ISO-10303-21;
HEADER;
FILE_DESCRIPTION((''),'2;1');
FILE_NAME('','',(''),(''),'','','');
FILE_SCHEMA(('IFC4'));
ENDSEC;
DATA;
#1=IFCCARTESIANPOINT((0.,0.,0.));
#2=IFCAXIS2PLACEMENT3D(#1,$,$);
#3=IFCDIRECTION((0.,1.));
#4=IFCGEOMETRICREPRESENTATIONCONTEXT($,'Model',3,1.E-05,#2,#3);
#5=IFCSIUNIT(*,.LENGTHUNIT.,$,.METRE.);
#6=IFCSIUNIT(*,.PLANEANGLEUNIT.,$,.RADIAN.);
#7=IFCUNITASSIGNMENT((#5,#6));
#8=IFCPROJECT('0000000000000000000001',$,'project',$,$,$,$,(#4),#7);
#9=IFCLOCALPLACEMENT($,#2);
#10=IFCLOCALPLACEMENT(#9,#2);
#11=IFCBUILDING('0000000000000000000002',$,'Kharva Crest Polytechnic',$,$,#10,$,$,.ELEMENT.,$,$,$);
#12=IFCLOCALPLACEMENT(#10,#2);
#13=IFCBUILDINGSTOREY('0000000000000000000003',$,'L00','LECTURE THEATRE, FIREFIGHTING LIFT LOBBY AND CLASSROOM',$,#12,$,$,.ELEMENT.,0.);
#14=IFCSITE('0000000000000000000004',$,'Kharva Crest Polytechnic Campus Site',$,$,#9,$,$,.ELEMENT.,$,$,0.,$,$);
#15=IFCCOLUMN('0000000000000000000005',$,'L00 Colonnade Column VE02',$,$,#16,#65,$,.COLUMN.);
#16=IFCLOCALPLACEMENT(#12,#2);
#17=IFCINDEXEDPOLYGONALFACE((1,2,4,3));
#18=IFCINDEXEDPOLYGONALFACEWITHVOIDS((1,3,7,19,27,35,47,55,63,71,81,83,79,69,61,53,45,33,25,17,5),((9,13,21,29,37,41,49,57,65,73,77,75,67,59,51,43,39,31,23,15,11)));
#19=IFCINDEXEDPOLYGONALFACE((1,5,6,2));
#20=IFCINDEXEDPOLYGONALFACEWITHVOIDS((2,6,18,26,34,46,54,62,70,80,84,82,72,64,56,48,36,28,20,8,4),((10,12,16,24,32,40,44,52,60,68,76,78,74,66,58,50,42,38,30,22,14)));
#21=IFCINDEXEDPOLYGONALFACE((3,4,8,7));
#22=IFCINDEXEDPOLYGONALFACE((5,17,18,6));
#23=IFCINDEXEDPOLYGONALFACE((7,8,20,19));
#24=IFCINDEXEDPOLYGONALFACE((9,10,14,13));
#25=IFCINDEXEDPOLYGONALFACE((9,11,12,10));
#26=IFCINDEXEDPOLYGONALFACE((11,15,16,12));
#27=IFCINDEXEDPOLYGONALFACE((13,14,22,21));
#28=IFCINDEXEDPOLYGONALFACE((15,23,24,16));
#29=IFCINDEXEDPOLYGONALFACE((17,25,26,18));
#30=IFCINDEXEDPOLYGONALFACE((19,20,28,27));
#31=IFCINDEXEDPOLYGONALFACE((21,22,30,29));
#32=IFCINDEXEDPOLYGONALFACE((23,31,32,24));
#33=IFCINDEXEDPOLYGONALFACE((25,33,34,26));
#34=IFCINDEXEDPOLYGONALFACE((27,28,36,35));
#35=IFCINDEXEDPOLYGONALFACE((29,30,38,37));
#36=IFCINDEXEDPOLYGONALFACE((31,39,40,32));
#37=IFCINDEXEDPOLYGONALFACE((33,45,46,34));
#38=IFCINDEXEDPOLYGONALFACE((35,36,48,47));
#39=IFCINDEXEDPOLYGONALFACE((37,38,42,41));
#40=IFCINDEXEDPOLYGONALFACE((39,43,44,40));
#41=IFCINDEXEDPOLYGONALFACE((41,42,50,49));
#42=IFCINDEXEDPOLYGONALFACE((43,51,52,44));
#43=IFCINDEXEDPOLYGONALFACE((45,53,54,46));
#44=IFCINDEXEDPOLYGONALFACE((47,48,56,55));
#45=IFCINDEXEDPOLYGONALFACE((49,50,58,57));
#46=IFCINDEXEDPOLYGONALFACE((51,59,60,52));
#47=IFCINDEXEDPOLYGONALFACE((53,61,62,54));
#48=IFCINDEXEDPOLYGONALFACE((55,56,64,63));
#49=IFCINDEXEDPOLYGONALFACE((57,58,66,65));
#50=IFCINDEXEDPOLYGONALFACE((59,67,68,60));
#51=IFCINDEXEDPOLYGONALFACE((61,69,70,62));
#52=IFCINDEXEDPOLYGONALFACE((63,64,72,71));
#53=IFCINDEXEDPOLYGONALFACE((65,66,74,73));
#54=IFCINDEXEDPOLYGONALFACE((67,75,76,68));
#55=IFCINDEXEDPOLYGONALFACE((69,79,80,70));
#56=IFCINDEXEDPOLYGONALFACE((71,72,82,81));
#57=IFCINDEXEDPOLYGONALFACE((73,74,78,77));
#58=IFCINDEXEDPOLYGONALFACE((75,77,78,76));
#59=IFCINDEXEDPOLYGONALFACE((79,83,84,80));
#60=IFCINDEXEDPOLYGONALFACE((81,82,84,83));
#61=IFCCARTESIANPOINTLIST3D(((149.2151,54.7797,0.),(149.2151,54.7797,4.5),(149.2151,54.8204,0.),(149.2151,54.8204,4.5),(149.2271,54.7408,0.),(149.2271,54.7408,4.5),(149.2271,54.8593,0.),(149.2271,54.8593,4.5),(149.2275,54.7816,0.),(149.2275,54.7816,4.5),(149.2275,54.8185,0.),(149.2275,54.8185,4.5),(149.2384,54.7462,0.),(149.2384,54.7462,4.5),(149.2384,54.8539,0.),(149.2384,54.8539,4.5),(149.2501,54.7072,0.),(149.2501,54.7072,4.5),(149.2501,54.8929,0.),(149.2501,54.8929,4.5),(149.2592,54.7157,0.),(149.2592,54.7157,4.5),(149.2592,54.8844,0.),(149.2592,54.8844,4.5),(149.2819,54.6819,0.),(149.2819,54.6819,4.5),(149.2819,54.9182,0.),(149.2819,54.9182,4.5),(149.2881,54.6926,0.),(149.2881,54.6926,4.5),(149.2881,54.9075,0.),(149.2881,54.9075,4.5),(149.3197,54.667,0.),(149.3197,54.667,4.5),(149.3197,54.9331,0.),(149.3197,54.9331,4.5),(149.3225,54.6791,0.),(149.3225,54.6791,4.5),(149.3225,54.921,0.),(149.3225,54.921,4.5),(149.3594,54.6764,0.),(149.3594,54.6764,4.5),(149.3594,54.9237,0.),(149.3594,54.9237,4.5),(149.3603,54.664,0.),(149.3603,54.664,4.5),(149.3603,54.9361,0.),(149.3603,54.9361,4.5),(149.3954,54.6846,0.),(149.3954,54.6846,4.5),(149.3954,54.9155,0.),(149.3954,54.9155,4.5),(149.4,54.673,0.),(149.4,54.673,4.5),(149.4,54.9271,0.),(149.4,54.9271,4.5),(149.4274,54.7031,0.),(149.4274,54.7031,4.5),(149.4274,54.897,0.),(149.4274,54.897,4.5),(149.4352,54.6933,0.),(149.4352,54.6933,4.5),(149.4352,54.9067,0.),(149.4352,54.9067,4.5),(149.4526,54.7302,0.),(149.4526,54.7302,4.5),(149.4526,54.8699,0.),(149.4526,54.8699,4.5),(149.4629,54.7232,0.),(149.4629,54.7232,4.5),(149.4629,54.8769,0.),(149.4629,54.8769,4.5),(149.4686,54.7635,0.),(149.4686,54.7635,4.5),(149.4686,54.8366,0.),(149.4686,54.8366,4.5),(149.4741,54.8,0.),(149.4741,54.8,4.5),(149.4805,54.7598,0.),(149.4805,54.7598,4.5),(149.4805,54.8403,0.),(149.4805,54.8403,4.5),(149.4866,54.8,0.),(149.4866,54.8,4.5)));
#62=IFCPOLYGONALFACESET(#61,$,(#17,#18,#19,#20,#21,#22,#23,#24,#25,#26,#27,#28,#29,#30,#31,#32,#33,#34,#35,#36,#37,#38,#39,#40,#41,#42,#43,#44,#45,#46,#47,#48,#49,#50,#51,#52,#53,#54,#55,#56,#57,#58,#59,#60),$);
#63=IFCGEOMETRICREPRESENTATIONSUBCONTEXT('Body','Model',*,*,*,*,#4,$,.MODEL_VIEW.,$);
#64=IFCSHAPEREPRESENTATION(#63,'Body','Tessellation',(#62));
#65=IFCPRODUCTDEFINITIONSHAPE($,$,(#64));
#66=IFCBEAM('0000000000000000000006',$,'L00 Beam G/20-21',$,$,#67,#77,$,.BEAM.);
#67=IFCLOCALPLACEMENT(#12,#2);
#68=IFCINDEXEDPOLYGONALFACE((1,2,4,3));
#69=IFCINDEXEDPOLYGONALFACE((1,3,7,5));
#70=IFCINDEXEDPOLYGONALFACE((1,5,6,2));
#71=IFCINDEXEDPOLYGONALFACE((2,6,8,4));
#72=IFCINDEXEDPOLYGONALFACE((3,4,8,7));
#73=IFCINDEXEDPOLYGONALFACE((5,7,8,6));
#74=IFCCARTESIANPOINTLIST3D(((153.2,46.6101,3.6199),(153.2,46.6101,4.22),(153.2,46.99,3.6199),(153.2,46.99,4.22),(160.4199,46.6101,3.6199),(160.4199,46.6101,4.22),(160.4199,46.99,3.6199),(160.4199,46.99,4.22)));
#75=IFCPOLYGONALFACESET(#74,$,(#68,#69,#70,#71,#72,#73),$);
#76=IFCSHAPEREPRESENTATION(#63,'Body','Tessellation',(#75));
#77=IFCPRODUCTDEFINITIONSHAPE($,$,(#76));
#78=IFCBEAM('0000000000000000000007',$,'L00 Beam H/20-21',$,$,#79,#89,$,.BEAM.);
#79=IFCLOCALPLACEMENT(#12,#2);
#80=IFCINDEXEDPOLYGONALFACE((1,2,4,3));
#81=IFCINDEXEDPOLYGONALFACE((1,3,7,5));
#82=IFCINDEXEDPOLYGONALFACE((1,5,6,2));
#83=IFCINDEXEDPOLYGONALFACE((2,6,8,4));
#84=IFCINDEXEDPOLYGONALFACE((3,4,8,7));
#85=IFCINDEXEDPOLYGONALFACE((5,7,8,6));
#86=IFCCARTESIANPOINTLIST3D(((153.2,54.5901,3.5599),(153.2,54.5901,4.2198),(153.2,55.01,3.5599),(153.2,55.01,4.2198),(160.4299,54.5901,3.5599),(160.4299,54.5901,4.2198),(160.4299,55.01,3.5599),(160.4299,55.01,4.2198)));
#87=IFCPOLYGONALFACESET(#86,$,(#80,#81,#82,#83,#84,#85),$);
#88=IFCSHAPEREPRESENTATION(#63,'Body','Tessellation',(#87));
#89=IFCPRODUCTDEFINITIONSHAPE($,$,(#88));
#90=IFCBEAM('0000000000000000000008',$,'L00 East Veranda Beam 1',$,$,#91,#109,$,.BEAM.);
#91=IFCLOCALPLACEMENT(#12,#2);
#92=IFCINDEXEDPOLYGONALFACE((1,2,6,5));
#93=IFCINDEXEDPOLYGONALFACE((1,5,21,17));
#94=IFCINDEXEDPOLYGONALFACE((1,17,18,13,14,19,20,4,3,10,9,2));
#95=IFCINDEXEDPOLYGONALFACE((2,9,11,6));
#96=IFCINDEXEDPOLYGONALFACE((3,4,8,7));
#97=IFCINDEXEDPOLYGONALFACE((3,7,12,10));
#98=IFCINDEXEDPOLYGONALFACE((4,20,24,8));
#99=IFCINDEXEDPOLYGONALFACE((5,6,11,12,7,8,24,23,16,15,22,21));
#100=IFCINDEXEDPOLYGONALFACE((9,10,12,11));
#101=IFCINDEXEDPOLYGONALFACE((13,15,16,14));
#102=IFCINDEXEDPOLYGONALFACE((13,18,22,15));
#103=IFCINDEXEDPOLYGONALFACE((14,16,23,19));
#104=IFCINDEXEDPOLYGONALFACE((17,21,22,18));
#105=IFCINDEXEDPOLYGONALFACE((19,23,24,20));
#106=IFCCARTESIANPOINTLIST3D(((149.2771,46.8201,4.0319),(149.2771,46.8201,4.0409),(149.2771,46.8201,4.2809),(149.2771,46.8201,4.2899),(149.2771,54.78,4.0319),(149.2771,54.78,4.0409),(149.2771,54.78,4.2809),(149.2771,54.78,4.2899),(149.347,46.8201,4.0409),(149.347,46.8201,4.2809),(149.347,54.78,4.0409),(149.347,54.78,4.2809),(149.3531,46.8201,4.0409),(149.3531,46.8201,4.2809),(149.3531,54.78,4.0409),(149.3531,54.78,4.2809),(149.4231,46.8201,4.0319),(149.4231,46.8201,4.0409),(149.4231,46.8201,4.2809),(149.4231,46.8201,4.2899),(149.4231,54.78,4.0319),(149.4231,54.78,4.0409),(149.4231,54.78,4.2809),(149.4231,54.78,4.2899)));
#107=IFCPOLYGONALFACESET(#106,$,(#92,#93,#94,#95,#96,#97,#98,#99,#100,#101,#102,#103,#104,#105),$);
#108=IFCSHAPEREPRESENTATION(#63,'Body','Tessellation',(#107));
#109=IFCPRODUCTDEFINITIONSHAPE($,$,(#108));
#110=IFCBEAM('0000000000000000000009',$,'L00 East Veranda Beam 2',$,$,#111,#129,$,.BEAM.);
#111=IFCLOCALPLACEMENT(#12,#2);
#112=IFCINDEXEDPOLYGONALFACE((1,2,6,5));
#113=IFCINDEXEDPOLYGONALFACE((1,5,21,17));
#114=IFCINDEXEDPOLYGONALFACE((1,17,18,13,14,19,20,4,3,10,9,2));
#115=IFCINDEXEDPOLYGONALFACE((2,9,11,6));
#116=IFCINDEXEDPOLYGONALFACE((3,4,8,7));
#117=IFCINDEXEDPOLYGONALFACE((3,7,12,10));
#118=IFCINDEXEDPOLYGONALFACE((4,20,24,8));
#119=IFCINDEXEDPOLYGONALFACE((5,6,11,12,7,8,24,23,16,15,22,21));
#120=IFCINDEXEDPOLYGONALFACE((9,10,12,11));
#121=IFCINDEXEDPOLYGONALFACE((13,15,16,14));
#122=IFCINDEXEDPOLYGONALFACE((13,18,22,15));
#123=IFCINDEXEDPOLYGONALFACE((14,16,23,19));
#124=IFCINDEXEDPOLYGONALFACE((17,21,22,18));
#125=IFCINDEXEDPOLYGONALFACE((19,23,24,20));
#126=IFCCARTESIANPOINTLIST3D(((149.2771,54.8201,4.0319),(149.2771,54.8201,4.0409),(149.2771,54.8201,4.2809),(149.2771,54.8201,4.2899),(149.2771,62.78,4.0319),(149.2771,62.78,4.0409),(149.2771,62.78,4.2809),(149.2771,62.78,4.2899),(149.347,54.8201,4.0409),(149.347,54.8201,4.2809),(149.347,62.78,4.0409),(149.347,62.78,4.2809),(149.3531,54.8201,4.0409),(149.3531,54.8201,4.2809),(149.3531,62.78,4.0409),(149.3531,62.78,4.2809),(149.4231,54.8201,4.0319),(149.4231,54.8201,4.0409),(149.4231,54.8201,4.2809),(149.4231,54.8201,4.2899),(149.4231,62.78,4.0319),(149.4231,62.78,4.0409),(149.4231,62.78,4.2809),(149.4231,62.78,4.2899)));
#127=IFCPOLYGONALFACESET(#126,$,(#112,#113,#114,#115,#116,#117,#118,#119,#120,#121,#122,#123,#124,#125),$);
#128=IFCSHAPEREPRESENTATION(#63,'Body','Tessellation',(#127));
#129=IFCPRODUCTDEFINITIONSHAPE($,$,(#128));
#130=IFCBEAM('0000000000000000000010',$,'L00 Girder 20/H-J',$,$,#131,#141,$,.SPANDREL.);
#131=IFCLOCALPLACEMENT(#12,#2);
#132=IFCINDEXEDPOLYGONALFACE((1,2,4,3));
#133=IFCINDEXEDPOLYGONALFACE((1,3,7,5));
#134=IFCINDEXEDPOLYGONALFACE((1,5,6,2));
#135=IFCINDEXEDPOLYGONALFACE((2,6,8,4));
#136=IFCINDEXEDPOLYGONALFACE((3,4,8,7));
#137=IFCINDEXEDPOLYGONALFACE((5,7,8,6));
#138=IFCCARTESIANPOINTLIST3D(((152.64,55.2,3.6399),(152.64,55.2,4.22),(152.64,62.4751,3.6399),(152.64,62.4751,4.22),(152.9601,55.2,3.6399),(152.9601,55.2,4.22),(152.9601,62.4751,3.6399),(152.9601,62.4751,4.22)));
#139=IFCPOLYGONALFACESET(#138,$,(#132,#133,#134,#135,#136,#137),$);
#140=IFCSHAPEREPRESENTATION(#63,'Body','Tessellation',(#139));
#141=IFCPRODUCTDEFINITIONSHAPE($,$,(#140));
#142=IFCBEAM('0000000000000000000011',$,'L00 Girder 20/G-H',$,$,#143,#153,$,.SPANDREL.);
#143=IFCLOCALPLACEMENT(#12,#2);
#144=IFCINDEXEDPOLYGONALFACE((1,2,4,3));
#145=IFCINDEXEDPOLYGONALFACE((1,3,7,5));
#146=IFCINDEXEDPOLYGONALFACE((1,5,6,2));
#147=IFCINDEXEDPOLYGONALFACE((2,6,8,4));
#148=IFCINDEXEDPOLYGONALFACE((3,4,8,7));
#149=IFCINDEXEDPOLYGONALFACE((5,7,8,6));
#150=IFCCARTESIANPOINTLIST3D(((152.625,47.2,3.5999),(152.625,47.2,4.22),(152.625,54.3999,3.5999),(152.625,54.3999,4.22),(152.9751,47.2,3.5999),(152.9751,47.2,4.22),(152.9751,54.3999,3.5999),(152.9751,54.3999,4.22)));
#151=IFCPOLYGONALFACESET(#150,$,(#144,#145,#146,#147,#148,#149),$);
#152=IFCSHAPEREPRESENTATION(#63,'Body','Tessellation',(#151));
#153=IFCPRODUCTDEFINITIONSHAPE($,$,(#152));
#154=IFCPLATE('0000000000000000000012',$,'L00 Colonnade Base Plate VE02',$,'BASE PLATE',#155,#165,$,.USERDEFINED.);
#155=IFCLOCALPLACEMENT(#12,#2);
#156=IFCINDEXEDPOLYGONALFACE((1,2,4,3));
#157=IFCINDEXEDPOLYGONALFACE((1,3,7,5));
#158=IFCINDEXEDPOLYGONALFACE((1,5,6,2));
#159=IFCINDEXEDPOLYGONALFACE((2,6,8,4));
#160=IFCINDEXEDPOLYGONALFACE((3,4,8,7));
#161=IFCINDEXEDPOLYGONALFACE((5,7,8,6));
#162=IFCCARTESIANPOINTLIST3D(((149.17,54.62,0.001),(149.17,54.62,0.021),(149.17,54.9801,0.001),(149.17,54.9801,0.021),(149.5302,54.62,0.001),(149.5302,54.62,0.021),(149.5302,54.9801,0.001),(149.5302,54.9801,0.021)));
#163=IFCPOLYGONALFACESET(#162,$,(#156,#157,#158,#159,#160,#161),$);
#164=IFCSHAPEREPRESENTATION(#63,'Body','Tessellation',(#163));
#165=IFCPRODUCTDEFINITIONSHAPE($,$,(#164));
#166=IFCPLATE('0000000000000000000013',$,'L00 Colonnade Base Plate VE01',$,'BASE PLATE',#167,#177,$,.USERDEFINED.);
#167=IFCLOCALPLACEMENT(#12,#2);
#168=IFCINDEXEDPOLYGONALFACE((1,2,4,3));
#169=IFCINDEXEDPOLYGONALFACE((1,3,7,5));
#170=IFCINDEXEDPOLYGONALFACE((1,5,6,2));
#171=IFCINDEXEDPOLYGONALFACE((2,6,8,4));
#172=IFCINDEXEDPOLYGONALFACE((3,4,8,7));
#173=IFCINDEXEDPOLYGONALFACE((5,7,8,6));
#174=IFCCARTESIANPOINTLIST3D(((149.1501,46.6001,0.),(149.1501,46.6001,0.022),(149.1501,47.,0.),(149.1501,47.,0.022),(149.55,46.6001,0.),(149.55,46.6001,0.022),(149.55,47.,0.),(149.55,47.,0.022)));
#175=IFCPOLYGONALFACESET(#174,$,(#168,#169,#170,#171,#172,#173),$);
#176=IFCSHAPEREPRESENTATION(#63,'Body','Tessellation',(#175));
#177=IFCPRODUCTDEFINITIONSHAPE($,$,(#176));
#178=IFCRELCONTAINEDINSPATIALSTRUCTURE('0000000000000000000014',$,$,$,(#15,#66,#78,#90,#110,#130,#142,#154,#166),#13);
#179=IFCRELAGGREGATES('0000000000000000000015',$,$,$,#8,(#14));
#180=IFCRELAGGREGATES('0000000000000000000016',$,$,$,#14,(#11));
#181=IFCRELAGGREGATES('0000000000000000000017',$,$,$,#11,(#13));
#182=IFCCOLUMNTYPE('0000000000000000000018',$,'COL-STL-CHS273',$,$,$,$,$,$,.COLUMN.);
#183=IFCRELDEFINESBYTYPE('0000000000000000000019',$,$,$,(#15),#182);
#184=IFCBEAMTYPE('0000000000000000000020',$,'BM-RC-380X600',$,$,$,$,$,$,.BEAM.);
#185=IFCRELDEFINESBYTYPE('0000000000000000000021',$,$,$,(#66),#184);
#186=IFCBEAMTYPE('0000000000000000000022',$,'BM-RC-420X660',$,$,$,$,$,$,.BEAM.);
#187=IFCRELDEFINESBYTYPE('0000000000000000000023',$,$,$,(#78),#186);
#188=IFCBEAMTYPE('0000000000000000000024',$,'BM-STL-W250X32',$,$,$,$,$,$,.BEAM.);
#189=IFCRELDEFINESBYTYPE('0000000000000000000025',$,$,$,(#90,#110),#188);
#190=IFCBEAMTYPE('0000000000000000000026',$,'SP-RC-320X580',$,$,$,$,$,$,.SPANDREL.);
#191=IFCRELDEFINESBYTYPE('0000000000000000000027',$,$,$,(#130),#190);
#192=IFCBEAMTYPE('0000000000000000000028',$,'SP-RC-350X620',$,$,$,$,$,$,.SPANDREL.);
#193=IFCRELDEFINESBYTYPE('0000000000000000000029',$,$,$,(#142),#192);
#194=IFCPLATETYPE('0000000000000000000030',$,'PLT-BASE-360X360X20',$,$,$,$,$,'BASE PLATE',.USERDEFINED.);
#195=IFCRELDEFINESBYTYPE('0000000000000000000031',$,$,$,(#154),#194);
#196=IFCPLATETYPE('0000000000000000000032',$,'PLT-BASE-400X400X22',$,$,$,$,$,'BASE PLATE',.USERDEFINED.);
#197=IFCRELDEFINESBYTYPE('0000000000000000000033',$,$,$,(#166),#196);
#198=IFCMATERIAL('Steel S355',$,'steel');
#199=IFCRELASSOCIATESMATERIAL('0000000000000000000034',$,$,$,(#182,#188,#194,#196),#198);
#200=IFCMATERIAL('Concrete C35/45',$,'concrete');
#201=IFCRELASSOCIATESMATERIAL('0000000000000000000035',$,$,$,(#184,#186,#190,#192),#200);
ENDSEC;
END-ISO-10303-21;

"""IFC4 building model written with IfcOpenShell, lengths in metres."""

from ifc_helpers import new_model, si_unit, direction, frame, origin, origin_2d, place, context, subcontext, project, spatial, rectangle, hollow_circle, i_section, extrude, material, material_profile, profile_set, type_object, element, save


model = new_model("IFC4")

# Units and contexts
model_context = context("Model", 3, precision=1e-05, world=origin(), true_north=direction((0.0, 1.0)))
body_context = subcontext(model_context, "Body", "Model", "MODEL_VIEW")
ifc_project = project(units=[si_unit("LENGTHUNIT", "METRE"), si_unit("PLANEANGLEUNIT", "RADIAN")], contexts=[model_context])

# Site, building, storey
site_placement = place(None, origin())
site = spatial("IfcSite", under=ifc_project, at=site_placement, Name="Kharva Crest Polytechnic Campus Site", CompositionType="ELEMENT", RefElevation=0.0)
building_placement = place(site_placement, origin())
building = spatial("IfcBuilding", under=site, at=building_placement, Name="Kharva Crest Polytechnic", CompositionType="ELEMENT")
storey_placement = place(building_placement, origin())
storey = spatial("IfcBuildingStorey", under=building, at=storey_placement, Name="L00", Description="LECTURE THEATRE, FIREFIGHTING LIFT LOBBY AND CLASSROOM", CompositionType="ELEMENT", Elevation=0.0)

# Shared definitions
ifc_material_1 = material(Name="Concrete C35/45", Category="concrete")

# Column
ifc_material_2 = material(Name="Steel S355", Category="steel")
ifc_material_profile_1 = material_profile(ifc_material_2, hollow_circle(Radius=0.1365, WallThickness=0.0125, at=origin_2d()), Name="CHS 273.0X12.5")
ifc_profile_set_1 = profile_set([ifc_material_profile_1], Name="Steel S355")
column_type_1 = type_object("IfcColumnType", Name="COL-STL-CHS273", PredefinedType="COLUMN", material=ifc_profile_set_1)
for number, where, z_axis, x_axis, name in (
    (1, (149.3501, 54.8, 0.0), (0.0, 0.0, 1.0), (1.0, 0.0, 0.0), "L00 Colonnade Column VE02"),
):
    element("IfcColumn", number, at=place(storey_placement, frame(where, z_axis=z_axis, x_axis=x_axis)), inside=storey, type_object=column_type_1, Name=name, PredefinedType="COLUMN", context=body_context, shape_type="SweptSolid", body=[
        extrude(hollow_circle(Radius=0.1365, WallThickness=0.0125, at=origin_2d()), origin(), (0.0, 0.0, 1.0), 4.5),
    ])

# Beams
ifc_material_profile_2 = material_profile(ifc_material_1, rectangle(XDim=0.3799, YDim=0.6001, at=origin_2d()), Name="RECT 380 X 600")
ifc_profile_set_2 = profile_set([ifc_material_profile_2], Name="Concrete C35/45")
beam_type_1 = type_object("IfcBeamType", Name="BM-RC-380X600", PredefinedType="BEAM", material=ifc_profile_set_2)
beam_1_placement = place(storey_placement, frame((153.2, 46.8, 3.9199), z_axis=(1.0, 0.0, 0.0), x_axis=(0.0, 1.0, 0.0)))
element("IfcBeam", 2, at=beam_1_placement, inside=storey, type_object=beam_type_1, Name="L00 Beam G/20-21", PredefinedType="BEAM", context=body_context, shape_type="SweptSolid", body=[
    extrude(rectangle(XDim=0.3799, YDim=0.6001, at=origin_2d()), origin(), (0.0, 0.0, 1.0), 7.22),
])
ifc_material_profile_3 = material_profile(ifc_material_1, rectangle(XDim=0.4199, YDim=0.6599, at=origin_2d()), Name="RECT 420 X 660")
ifc_profile_set_3 = profile_set([ifc_material_profile_3], Name="Concrete C35/45")
beam_type_2 = type_object("IfcBeamType", Name="BM-RC-420X660", PredefinedType="BEAM", material=ifc_profile_set_3)
beam_2_placement = place(storey_placement, frame((153.2, 54.8, 3.8899), z_axis=(1.0, 0.0, 0.0), x_axis=(0.0, 1.0, 0.0)))
element("IfcBeam", 3, at=beam_2_placement, inside=storey, type_object=beam_type_2, Name="L00 Beam H/20-21", PredefinedType="BEAM", context=body_context, shape_type="SweptSolid", body=[
    extrude(rectangle(XDim=0.4199, YDim=0.6599, at=origin_2d()), origin(), (0.0, 0.0, 1.0), 7.23),
])
ifc_material_profile_4 = material_profile(ifc_material_2, i_section(OverallWidth=0.146, OverallDepth=0.2581, WebThickness=0.0061, FlangeThickness=0.009, at=origin_2d()), Name="W250X32.7")
ifc_profile_set_4 = profile_set([ifc_material_profile_4], Name="Steel S355")
beam_type_3 = type_object("IfcBeamType", Name="BM-STL-W250X32", PredefinedType="BEAM", material=ifc_profile_set_4)
for number, where, z_axis, x_axis, name in (
    (4, (149.3501, 46.8201, 4.1609), (0.0, 1.0, 0.0), (-1.0, 0.0, 0.0), "L00 East Veranda Beam 1"),
    (5, (149.3501, 54.8201, 4.1609), (0.0, 1.0, 0.0), (-1.0, 0.0, 0.0), "L00 East Veranda Beam 2"),
):
    element("IfcBeam", number, at=place(storey_placement, frame(where, z_axis=z_axis, x_axis=x_axis)), inside=storey, type_object=beam_type_3, Name=name, PredefinedType="BEAM", context=body_context, shape_type="SweptSolid", body=[
        extrude(i_section(OverallWidth=0.146, OverallDepth=0.2581, WebThickness=0.0061, FlangeThickness=0.009, at=origin_2d()), origin(), (0.0, 0.0, 1.0), 7.96),
    ])
ifc_material_profile_5 = material_profile(ifc_material_1, rectangle(XDim=0.3201, YDim=0.5801, at=origin_2d()), Name="RECT 320 X 580")
ifc_profile_set_5 = profile_set([ifc_material_profile_5], Name="Concrete C35/45")
beam_type_4 = type_object("IfcBeamType", Name="SP-RC-320X580", PredefinedType="SPANDREL", material=ifc_profile_set_5)
beam_3_placement = place(storey_placement, frame((152.8, 55.2, 3.9299), z_axis=(0.0, 1.0, 0.0), x_axis=(-1.0, 0.0, 0.0)))
element("IfcBeam", 6, at=beam_3_placement, inside=storey, type_object=beam_type_4, Name="L00 Girder 20/H-J", PredefinedType="SPANDREL", context=body_context, shape_type="SweptSolid", body=[
    extrude(rectangle(XDim=0.3201, YDim=0.5801, at=origin_2d()), origin(), (0.0, 0.0, 1.0), 7.2751),
])
ifc_material_profile_6 = material_profile(ifc_material_1, rectangle(XDim=0.3501, YDim=0.6201, at=origin_2d()), Name="RECT 350 X 620")
ifc_profile_set_6 = profile_set([ifc_material_profile_6], Name="Concrete C35/45")
beam_type_5 = type_object("IfcBeamType", Name="SP-RC-350X620", PredefinedType="SPANDREL", material=ifc_profile_set_6)
beam_4_placement = place(storey_placement, frame((152.8, 47.2, 3.9099), z_axis=(0.0, 1.0, 0.0), x_axis=(-1.0, 0.0, 0.0)))
element("IfcBeam", 7, at=beam_4_placement, inside=storey, type_object=beam_type_5, Name="L00 Girder 20/G-H", PredefinedType="SPANDREL", context=body_context, shape_type="SweptSolid", body=[
    extrude(rectangle(XDim=0.3501, YDim=0.6201, at=origin_2d()), origin(), (0.0, 0.0, 1.0), 7.2),
])

# Plates
plate_type_1 = type_object("IfcPlateType", Name="PLT-BASE-360X360X20", ElementType="BASE PLATE", PredefinedType="USERDEFINED", material=ifc_material_2)
plate_1_placement = place(storey_placement, frame((149.3501, 54.8, 0.001), z_axis=(0.0, 0.0, 1.0), x_axis=(1.0, 0.0, 0.0)))
element("IfcPlate", 8, at=plate_1_placement, inside=storey, type_object=plate_type_1, Name="L00 Colonnade Base Plate VE02", ObjectType="BASE PLATE", PredefinedType="USERDEFINED", context=body_context, shape_type="SweptSolid", body=[
    extrude(rectangle(XDim=0.3601, YDim=0.3601, at=origin_2d()), origin(), (0.0, 0.0, 1.0), 0.02),
])
plate_type_2 = type_object("IfcPlateType", Name="PLT-BASE-400X400X22", ElementType="BASE PLATE", PredefinedType="USERDEFINED", material=ifc_material_2)
plate_2_placement = place(storey_placement, frame((149.3501, 46.8, 0.0), z_axis=(0.0, 0.0, 1.0), x_axis=(1.0, 0.0, 0.0)))
element("IfcPlate", 9, at=plate_2_placement, inside=storey, type_object=plate_type_2, Name="L00 Colonnade Base Plate VE01", ObjectType="BASE PLATE", PredefinedType="USERDEFINED", context=body_context, shape_type="SweptSolid", body=[
    extrude(rectangle(XDim=0.3999, YDim=0.3999, at=origin_2d()), origin(), (0.0, 0.0, 1.0), 0.022),
])

save(model, "model.ifc")
